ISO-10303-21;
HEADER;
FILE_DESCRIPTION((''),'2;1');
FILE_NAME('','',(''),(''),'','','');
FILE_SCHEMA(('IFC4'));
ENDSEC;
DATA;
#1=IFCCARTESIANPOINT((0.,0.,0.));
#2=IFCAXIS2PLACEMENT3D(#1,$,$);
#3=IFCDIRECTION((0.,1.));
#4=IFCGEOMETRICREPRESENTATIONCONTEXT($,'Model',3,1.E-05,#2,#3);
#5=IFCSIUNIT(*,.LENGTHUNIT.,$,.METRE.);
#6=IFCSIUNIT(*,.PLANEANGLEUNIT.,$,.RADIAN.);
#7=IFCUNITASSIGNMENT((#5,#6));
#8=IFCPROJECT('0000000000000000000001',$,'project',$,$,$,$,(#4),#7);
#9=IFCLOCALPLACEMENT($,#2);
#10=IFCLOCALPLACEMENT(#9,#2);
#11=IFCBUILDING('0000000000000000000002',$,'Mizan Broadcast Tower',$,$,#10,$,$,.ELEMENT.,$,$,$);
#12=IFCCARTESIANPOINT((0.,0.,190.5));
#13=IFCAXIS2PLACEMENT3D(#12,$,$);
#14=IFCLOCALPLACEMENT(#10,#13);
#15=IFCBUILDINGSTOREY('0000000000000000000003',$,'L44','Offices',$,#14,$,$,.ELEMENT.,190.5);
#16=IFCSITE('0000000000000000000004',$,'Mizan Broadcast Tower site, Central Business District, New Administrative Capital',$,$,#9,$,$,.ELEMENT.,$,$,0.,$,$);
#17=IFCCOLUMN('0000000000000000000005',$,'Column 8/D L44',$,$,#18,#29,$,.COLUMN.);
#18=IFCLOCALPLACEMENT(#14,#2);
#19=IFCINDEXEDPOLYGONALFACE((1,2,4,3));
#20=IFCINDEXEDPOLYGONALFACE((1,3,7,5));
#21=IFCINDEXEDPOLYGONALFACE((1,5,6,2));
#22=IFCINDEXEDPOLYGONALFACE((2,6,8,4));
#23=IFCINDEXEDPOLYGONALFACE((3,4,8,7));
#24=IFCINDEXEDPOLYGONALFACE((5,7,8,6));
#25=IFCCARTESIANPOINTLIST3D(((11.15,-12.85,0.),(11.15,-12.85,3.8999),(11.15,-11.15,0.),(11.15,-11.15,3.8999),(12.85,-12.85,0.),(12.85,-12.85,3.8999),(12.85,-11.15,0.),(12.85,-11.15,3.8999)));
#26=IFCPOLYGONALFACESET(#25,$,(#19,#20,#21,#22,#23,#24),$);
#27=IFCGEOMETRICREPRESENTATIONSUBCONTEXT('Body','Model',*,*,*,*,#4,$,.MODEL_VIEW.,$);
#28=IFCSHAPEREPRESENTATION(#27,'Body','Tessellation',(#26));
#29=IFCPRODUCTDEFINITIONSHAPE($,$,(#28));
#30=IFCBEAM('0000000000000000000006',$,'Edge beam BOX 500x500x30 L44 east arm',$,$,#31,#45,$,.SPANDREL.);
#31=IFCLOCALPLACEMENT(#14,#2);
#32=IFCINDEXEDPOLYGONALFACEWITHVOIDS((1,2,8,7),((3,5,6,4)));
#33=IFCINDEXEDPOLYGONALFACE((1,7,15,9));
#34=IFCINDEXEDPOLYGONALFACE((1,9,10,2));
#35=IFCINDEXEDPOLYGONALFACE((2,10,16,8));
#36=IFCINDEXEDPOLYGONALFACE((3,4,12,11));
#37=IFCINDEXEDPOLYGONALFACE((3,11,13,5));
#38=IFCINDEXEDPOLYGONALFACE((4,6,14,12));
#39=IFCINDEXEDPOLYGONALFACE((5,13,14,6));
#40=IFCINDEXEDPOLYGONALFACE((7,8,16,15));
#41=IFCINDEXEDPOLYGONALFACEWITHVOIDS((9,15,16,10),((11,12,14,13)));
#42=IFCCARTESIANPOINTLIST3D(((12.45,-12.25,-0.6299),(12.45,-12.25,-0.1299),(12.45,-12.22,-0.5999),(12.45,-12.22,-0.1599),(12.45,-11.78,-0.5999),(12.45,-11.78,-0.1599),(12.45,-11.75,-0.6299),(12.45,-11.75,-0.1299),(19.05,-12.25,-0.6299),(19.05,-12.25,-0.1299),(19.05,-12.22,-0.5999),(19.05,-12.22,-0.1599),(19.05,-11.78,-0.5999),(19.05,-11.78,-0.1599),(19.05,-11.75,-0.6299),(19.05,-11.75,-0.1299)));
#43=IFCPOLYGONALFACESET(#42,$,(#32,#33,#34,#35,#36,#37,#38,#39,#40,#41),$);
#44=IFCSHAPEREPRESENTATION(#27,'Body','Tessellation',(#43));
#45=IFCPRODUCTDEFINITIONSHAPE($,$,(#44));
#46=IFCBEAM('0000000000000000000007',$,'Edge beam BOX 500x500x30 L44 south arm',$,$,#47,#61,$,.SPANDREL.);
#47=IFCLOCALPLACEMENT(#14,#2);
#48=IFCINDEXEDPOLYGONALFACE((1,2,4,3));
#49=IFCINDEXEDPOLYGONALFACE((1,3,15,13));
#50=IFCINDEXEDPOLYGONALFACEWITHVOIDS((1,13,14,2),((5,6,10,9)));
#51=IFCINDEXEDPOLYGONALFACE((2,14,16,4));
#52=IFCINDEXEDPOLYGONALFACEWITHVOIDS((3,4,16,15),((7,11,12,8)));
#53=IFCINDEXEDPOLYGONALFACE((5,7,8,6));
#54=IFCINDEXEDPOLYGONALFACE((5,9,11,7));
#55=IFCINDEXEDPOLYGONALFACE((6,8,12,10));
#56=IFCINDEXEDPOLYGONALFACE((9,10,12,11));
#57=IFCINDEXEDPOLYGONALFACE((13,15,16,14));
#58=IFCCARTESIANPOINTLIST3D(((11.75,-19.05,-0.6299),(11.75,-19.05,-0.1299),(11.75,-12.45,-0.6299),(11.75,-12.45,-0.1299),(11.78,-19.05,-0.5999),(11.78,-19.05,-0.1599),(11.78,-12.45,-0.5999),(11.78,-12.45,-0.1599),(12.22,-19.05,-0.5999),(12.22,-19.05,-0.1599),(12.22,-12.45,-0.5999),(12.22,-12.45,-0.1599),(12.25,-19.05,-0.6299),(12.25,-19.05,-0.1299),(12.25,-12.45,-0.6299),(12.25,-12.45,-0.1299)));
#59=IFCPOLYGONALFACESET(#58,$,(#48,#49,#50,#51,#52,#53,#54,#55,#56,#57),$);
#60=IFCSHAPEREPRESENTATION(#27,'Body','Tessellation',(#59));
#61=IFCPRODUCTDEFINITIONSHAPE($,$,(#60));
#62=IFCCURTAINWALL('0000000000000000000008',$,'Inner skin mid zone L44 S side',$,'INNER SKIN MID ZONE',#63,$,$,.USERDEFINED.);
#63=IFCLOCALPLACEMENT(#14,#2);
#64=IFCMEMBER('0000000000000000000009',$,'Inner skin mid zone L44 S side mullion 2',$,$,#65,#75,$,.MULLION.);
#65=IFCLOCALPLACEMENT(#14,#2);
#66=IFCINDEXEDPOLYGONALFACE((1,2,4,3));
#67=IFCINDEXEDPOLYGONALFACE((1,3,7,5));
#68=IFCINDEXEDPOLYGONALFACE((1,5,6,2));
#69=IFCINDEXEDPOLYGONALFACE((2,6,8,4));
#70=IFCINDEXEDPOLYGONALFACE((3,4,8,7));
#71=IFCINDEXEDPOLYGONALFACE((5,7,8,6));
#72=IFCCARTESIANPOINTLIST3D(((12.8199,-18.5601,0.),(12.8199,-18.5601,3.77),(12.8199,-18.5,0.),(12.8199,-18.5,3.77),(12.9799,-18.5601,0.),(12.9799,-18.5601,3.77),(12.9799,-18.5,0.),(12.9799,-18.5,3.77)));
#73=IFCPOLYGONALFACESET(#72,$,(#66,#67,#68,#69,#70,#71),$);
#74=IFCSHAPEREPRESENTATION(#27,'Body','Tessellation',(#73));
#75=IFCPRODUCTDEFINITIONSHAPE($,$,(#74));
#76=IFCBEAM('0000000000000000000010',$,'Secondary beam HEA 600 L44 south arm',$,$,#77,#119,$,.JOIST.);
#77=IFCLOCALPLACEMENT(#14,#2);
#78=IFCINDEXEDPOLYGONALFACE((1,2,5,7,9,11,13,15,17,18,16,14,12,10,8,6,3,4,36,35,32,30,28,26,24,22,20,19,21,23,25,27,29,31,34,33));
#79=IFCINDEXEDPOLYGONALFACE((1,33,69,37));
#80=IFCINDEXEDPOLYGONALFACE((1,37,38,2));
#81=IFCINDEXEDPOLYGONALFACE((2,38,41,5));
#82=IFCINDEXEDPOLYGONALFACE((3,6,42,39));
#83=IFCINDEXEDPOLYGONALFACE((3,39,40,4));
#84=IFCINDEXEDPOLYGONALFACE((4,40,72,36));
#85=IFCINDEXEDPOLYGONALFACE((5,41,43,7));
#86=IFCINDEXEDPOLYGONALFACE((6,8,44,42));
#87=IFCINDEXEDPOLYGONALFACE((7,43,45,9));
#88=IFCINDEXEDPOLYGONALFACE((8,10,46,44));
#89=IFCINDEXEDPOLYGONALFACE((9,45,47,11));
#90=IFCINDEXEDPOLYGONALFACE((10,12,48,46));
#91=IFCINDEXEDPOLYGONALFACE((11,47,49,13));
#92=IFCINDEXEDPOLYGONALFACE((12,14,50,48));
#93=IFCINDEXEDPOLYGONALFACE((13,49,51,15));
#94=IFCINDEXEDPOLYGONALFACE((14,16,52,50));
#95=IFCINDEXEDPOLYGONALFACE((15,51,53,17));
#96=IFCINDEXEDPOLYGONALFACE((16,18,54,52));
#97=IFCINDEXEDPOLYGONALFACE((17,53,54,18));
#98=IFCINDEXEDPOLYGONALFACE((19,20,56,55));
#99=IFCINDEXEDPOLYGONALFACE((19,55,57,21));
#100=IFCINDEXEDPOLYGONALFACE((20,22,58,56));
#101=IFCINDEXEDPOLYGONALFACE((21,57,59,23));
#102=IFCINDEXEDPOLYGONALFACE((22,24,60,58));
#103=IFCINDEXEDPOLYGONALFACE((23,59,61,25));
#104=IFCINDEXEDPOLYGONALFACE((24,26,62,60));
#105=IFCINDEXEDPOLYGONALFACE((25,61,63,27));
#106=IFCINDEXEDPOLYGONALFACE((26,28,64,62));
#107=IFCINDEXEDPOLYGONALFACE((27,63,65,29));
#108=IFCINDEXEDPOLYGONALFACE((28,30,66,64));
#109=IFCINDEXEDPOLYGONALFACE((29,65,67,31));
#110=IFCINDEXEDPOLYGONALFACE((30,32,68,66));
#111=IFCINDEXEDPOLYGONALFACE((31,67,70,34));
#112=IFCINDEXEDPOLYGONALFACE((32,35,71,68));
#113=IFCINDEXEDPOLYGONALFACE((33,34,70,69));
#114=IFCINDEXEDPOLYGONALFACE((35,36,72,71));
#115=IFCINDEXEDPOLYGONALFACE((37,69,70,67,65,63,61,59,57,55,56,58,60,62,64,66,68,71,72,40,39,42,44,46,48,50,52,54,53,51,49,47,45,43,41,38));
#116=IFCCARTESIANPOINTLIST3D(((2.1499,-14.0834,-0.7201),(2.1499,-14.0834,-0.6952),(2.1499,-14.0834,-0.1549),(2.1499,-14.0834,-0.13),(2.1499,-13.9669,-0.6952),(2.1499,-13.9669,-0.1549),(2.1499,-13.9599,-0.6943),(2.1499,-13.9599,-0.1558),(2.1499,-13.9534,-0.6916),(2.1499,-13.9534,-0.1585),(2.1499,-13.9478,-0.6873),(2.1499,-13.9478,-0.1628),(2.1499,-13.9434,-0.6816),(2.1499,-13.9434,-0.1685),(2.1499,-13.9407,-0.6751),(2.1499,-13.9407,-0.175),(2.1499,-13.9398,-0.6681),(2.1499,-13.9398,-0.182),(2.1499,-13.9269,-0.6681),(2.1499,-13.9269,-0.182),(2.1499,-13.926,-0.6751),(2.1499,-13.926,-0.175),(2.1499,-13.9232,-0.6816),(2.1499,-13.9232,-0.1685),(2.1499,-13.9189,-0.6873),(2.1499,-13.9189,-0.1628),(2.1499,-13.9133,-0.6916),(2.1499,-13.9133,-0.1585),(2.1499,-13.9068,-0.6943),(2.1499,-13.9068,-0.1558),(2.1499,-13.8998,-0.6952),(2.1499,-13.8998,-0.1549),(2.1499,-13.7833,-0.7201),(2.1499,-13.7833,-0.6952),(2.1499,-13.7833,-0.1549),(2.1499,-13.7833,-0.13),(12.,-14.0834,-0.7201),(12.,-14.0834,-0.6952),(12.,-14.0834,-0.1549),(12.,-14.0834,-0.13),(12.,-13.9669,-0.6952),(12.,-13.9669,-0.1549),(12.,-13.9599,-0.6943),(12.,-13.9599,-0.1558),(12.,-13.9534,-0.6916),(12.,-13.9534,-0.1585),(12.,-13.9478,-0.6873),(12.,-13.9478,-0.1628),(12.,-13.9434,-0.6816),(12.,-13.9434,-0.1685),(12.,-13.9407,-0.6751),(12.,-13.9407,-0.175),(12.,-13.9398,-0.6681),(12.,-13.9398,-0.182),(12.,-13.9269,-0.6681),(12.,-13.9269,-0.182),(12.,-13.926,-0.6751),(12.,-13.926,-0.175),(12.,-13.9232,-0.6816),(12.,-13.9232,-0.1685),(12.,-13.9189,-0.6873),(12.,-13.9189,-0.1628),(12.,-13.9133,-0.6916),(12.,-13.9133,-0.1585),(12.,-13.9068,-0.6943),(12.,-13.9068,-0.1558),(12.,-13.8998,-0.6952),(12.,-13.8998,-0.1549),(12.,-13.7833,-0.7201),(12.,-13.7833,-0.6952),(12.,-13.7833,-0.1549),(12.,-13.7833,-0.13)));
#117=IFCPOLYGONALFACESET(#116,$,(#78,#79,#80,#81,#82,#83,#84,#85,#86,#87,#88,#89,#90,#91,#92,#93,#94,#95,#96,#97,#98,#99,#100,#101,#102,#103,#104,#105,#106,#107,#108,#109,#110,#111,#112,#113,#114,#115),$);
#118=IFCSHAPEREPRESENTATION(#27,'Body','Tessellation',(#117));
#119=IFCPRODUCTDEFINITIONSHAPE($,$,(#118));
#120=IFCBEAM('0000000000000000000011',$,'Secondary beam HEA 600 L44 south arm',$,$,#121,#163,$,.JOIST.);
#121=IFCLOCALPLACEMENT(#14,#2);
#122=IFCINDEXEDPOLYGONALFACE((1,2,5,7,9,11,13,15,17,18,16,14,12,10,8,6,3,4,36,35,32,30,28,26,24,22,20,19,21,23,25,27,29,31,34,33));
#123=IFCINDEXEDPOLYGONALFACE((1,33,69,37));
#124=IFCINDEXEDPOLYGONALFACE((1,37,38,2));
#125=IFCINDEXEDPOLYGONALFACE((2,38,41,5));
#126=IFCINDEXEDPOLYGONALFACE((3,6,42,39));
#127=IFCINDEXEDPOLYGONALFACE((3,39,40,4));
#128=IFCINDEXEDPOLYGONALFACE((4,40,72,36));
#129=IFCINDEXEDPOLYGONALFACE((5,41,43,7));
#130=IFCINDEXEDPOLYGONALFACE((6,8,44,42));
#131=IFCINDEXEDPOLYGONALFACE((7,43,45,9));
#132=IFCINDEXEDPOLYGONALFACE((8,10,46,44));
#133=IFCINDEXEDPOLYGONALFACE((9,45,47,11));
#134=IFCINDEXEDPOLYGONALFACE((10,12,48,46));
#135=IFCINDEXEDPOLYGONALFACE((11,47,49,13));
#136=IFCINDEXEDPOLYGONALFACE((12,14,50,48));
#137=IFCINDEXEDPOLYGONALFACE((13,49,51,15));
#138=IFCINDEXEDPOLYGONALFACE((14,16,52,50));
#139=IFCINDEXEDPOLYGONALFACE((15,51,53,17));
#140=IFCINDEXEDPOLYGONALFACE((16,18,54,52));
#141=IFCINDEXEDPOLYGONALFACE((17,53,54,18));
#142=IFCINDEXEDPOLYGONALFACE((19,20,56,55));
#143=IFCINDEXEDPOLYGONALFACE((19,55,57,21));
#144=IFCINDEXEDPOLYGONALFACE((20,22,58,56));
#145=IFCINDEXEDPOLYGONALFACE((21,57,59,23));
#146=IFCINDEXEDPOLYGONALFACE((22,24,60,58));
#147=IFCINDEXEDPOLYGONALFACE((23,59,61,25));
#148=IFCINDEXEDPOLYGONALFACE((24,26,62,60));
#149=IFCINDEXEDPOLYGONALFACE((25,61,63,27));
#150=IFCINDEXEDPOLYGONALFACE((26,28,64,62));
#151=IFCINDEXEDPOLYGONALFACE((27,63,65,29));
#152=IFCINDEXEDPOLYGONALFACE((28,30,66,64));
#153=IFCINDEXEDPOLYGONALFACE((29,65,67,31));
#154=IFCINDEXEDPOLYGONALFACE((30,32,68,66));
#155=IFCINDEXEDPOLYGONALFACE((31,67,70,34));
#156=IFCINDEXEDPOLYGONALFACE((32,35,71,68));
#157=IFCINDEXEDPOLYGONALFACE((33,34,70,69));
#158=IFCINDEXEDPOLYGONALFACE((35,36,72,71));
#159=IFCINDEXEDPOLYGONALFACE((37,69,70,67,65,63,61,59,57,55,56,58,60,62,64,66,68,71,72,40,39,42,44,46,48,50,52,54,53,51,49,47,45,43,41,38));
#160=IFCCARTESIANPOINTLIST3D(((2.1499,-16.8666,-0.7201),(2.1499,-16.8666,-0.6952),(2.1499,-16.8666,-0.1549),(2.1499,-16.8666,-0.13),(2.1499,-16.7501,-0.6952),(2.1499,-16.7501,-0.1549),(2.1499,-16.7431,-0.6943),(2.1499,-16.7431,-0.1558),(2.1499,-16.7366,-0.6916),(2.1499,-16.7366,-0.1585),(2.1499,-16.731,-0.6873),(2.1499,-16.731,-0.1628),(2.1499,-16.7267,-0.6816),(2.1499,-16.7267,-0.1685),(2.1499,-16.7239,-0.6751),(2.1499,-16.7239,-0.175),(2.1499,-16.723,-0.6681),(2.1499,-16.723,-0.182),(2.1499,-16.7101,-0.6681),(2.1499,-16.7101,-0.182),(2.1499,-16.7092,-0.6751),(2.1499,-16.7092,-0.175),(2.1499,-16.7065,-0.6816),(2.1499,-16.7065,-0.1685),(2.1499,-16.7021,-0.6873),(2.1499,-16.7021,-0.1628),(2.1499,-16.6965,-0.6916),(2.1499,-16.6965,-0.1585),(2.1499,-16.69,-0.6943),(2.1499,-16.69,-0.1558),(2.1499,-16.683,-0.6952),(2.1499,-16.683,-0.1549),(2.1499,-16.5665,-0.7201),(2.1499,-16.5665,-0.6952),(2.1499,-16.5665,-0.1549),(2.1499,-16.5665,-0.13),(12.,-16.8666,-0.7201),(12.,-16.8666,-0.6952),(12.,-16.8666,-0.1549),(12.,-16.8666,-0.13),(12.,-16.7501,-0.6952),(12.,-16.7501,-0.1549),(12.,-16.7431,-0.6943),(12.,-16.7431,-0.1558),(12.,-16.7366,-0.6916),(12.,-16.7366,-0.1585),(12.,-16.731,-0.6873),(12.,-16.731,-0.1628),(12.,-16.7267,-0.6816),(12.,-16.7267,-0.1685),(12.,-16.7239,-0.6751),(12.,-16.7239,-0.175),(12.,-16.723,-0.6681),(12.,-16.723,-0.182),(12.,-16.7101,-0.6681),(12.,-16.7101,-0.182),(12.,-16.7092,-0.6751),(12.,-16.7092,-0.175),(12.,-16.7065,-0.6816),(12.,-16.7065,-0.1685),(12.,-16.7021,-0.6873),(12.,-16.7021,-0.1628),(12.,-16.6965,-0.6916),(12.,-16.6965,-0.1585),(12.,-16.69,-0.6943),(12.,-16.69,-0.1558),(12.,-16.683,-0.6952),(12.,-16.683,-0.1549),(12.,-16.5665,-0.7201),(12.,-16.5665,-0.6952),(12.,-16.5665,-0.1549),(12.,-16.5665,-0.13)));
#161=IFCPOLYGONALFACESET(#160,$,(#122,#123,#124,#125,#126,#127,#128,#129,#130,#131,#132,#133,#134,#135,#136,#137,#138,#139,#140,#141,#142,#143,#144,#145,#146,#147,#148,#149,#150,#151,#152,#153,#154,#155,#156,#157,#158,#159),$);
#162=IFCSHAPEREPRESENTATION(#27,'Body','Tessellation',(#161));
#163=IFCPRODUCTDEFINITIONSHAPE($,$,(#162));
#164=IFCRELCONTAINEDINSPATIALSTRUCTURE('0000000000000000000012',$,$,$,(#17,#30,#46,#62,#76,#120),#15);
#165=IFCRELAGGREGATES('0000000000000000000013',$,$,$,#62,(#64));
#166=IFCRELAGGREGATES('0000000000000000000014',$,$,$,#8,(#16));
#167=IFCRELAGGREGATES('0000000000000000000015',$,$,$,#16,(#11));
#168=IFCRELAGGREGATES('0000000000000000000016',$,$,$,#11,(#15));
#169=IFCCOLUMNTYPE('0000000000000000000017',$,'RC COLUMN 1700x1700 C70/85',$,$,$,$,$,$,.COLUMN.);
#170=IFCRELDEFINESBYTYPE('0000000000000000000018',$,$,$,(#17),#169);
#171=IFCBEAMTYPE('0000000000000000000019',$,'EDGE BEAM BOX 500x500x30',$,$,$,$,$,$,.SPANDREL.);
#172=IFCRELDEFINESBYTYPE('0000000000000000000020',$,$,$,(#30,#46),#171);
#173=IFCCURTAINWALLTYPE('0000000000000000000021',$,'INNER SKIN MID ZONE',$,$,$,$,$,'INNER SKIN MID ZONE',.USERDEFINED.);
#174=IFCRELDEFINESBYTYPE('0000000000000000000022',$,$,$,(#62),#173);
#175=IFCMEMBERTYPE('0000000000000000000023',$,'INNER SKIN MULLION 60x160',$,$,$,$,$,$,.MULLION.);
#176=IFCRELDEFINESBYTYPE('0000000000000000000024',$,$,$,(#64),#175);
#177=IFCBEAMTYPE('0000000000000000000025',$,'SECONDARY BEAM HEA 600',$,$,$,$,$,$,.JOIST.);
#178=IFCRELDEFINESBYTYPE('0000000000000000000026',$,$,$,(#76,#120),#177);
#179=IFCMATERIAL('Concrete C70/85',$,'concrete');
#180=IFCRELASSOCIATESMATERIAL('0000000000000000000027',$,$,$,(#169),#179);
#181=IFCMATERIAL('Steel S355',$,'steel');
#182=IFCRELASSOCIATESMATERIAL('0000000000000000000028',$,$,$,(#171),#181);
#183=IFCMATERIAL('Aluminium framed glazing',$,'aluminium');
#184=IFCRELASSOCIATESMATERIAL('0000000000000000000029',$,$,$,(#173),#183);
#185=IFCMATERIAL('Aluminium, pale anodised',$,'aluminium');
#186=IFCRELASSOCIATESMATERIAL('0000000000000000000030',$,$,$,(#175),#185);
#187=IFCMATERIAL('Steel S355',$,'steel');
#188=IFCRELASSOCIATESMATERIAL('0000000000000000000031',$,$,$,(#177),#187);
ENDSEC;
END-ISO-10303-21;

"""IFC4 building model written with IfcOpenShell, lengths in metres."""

from ifc_helpers import new_model, si_unit, direction, frame, origin, origin_2d, place, context, subcontext, project, spatial, rectangle, hollow_rectangle, i_section, extrude, material, material_profile, profile_set, type_object, element, aggregate, save


model = new_model("IFC4")

# Units and contexts
model_context = context("Model", 3, precision=1e-05, world=origin(), true_north=direction((0.0, 1.0)))
body_context = subcontext(model_context, "Body", "Model", "MODEL_VIEW")
ifc_project = project(units=[si_unit("LENGTHUNIT", "METRE"), si_unit("PLANEANGLEUNIT", "RADIAN")], contexts=[model_context])

# Site, building, storey
site_placement = place(None, origin())
site = spatial("IfcSite", under=ifc_project, at=site_placement, Name="Mizan Broadcast Tower site, Central Business District, New Administrative Capital", CompositionType="ELEMENT", RefElevation=0.0)
building_placement = place(site_placement, origin())
building = spatial("IfcBuilding", under=site, at=building_placement, Name="Mizan Broadcast Tower", CompositionType="ELEMENT")
storey_placement = place(building_placement, frame((0.0, 0.0, 190.5)))
storey = spatial("IfcBuildingStorey", under=building, at=storey_placement, Name="L44", Description="Offices", CompositionType="ELEMENT", Elevation=190.5)

# Column
ifc_material_1 = material(Name="Concrete C70/85", Category="concrete")
ifc_material_profile_1 = material_profile(ifc_material_1, rectangle(XDim=1.7, YDim=1.7, at=origin_2d()), Name="RC 1700x1700")
ifc_profile_set_1 = profile_set([ifc_material_profile_1], Name="Concrete C70/85")
column_type = type_object("IfcColumnType", Name="RC COLUMN 1700x1700 C70/85", PredefinedType="COLUMN", material=ifc_profile_set_1)
column_placement = place(storey_placement, frame((12.0, -12.0, 0.0), z_axis=(0.0, 0.0, 1.0), x_axis=(1.0, 0.0, 0.0)))
element("IfcColumn", 1, at=column_placement, inside=storey, type_object=column_type, Name="Column 8/D L44", PredefinedType="COLUMN", context=body_context, shape_type="SweptSolid", body=[
    extrude(rectangle(XDim=1.7, YDim=1.7, at=origin_2d()), origin(), (0.0, 0.0, 1.0), 3.8999),
])

# Beams
ifc_material_2 = material(Name="Steel S355", Category="steel")
ifc_material_profile_2 = material_profile(ifc_material_2, hollow_rectangle(XDim=0.5, YDim=0.5, WallThickness=0.03, at=origin_2d()), Name="BOX 500x500x30")
ifc_profile_set_2 = profile_set([ifc_material_profile_2], Name="Steel S355")
beam_type_1 = type_object("IfcBeamType", Name="EDGE BEAM BOX 500x500x30", PredefinedType="SPANDREL", material=ifc_profile_set_2)
for number, where, z_axis, x_axis, name in (
    (2, (12.45, -12.0, -0.3799), (1.0, 0.0, 0.0), (0.0, 1.0, 0.0), "Edge beam BOX 500x500x30 L44 east arm"),
    (3, (12.0, -12.45, -0.3799), (0.0, -1.0, 0.0), (1.0, 0.0, 0.0), "Edge beam BOX 500x500x30 L44 south arm"),
):
    element("IfcBeam", number, at=place(storey_placement, frame(where, z_axis=z_axis, x_axis=x_axis)), inside=storey, type_object=beam_type_1, Name=name, PredefinedType="SPANDREL", context=body_context, shape_type="SweptSolid", body=[
        extrude(hollow_rectangle(XDim=0.5, YDim=0.5, WallThickness=0.03, at=origin_2d()), origin(), (0.0, 0.0, 1.0), 6.6001),
    ])

# Curtain wall, member
ifc_material_3 = material(Name="Aluminium framed glazing", Category="aluminium")
curtain_wall_type = type_object("IfcCurtainWallType", Name="INNER SKIN MID ZONE", ElementType="INNER SKIN MID ZONE", PredefinedType="USERDEFINED", material=ifc_material_3)
curtain_wall_placement = place(storey_placement, origin())
curtain_wall = element("IfcCurtainWall", 4, at=curtain_wall_placement, inside=storey, type_object=curtain_wall_type, Name="Inner skin mid zone L44 S side", ObjectType="INNER SKIN MID ZONE", PredefinedType="USERDEFINED")
ifc_material_4 = material(Name="Aluminium, pale anodised", Category="aluminium")
ifc_material_profile_3 = material_profile(ifc_material_4, rectangle(XDim=0.1599, YDim=0.0601, at=origin_2d()), Name="MULLION 160x60")
ifc_profile_set_3 = profile_set([ifc_material_profile_3], Name="Aluminium, pale anodised")
member_type = type_object("IfcMemberType", Name="INNER SKIN MULLION 60x160", PredefinedType="MULLION", material=ifc_profile_set_3)
member_placement = place(storey_placement, frame((12.8999, -18.53, 0.0), z_axis=(0.0, 0.0, 1.0), x_axis=(-1.0, 0.0, 0.0)))
member = element("IfcMember", 5, at=member_placement, type_object=member_type, Name="Inner skin mid zone L44 S side mullion 2", PredefinedType="MULLION", context=body_context, shape_type="SweptSolid", body=[
    extrude(rectangle(XDim=0.1599, YDim=0.0601, at=origin_2d()), origin(), (0.0, 0.0, 1.0), 3.77),
])
aggregate(curtain_wall, [member])

# Beams
ifc_material_5 = material(Name="Steel S355", Category="steel")
ifc_material_profile_4 = material_profile(ifc_material_5, i_section(OverallWidth=0.3, OverallDepth=0.5901, WebThickness=0.0129, FlangeThickness=0.0249, FilletRadius=0.0271, at=origin_2d()), Name="HEA 600")
ifc_profile_set_4 = profile_set([ifc_material_profile_4], Name="Steel S355")
beam_type_2 = type_object("IfcBeamType", Name="SECONDARY BEAM HEA 600", PredefinedType="JOIST", material=ifc_profile_set_4)
for number, where, z_axis, x_axis, name in (
    (6, (12.0, -13.9333, -0.425), (-1.0, 0.0, 0.0), (0.0, -1.0, 0.0), "Secondary beam HEA 600 L44 south arm"),
    (7, (12.0, -16.7166, -0.425), (-1.0, 0.0, 0.0), (0.0, -1.0, 0.0), "Secondary beam HEA 600 L44 south arm"),
):
    element("IfcBeam", number, at=place(storey_placement, frame(where, z_axis=z_axis, x_axis=x_axis)), inside=storey, type_object=beam_type_2, Name=name, PredefinedType="JOIST", context=body_context, shape_type="SweptSolid", body=[
        extrude(i_section(OverallWidth=0.3, OverallDepth=0.5901, WebThickness=0.0129, FlangeThickness=0.0249, FilletRadius=0.0271, at=origin_2d()), origin(), (0.0, 0.0, 1.0), 9.8501),
    ])

save(model, "model.ifc")
